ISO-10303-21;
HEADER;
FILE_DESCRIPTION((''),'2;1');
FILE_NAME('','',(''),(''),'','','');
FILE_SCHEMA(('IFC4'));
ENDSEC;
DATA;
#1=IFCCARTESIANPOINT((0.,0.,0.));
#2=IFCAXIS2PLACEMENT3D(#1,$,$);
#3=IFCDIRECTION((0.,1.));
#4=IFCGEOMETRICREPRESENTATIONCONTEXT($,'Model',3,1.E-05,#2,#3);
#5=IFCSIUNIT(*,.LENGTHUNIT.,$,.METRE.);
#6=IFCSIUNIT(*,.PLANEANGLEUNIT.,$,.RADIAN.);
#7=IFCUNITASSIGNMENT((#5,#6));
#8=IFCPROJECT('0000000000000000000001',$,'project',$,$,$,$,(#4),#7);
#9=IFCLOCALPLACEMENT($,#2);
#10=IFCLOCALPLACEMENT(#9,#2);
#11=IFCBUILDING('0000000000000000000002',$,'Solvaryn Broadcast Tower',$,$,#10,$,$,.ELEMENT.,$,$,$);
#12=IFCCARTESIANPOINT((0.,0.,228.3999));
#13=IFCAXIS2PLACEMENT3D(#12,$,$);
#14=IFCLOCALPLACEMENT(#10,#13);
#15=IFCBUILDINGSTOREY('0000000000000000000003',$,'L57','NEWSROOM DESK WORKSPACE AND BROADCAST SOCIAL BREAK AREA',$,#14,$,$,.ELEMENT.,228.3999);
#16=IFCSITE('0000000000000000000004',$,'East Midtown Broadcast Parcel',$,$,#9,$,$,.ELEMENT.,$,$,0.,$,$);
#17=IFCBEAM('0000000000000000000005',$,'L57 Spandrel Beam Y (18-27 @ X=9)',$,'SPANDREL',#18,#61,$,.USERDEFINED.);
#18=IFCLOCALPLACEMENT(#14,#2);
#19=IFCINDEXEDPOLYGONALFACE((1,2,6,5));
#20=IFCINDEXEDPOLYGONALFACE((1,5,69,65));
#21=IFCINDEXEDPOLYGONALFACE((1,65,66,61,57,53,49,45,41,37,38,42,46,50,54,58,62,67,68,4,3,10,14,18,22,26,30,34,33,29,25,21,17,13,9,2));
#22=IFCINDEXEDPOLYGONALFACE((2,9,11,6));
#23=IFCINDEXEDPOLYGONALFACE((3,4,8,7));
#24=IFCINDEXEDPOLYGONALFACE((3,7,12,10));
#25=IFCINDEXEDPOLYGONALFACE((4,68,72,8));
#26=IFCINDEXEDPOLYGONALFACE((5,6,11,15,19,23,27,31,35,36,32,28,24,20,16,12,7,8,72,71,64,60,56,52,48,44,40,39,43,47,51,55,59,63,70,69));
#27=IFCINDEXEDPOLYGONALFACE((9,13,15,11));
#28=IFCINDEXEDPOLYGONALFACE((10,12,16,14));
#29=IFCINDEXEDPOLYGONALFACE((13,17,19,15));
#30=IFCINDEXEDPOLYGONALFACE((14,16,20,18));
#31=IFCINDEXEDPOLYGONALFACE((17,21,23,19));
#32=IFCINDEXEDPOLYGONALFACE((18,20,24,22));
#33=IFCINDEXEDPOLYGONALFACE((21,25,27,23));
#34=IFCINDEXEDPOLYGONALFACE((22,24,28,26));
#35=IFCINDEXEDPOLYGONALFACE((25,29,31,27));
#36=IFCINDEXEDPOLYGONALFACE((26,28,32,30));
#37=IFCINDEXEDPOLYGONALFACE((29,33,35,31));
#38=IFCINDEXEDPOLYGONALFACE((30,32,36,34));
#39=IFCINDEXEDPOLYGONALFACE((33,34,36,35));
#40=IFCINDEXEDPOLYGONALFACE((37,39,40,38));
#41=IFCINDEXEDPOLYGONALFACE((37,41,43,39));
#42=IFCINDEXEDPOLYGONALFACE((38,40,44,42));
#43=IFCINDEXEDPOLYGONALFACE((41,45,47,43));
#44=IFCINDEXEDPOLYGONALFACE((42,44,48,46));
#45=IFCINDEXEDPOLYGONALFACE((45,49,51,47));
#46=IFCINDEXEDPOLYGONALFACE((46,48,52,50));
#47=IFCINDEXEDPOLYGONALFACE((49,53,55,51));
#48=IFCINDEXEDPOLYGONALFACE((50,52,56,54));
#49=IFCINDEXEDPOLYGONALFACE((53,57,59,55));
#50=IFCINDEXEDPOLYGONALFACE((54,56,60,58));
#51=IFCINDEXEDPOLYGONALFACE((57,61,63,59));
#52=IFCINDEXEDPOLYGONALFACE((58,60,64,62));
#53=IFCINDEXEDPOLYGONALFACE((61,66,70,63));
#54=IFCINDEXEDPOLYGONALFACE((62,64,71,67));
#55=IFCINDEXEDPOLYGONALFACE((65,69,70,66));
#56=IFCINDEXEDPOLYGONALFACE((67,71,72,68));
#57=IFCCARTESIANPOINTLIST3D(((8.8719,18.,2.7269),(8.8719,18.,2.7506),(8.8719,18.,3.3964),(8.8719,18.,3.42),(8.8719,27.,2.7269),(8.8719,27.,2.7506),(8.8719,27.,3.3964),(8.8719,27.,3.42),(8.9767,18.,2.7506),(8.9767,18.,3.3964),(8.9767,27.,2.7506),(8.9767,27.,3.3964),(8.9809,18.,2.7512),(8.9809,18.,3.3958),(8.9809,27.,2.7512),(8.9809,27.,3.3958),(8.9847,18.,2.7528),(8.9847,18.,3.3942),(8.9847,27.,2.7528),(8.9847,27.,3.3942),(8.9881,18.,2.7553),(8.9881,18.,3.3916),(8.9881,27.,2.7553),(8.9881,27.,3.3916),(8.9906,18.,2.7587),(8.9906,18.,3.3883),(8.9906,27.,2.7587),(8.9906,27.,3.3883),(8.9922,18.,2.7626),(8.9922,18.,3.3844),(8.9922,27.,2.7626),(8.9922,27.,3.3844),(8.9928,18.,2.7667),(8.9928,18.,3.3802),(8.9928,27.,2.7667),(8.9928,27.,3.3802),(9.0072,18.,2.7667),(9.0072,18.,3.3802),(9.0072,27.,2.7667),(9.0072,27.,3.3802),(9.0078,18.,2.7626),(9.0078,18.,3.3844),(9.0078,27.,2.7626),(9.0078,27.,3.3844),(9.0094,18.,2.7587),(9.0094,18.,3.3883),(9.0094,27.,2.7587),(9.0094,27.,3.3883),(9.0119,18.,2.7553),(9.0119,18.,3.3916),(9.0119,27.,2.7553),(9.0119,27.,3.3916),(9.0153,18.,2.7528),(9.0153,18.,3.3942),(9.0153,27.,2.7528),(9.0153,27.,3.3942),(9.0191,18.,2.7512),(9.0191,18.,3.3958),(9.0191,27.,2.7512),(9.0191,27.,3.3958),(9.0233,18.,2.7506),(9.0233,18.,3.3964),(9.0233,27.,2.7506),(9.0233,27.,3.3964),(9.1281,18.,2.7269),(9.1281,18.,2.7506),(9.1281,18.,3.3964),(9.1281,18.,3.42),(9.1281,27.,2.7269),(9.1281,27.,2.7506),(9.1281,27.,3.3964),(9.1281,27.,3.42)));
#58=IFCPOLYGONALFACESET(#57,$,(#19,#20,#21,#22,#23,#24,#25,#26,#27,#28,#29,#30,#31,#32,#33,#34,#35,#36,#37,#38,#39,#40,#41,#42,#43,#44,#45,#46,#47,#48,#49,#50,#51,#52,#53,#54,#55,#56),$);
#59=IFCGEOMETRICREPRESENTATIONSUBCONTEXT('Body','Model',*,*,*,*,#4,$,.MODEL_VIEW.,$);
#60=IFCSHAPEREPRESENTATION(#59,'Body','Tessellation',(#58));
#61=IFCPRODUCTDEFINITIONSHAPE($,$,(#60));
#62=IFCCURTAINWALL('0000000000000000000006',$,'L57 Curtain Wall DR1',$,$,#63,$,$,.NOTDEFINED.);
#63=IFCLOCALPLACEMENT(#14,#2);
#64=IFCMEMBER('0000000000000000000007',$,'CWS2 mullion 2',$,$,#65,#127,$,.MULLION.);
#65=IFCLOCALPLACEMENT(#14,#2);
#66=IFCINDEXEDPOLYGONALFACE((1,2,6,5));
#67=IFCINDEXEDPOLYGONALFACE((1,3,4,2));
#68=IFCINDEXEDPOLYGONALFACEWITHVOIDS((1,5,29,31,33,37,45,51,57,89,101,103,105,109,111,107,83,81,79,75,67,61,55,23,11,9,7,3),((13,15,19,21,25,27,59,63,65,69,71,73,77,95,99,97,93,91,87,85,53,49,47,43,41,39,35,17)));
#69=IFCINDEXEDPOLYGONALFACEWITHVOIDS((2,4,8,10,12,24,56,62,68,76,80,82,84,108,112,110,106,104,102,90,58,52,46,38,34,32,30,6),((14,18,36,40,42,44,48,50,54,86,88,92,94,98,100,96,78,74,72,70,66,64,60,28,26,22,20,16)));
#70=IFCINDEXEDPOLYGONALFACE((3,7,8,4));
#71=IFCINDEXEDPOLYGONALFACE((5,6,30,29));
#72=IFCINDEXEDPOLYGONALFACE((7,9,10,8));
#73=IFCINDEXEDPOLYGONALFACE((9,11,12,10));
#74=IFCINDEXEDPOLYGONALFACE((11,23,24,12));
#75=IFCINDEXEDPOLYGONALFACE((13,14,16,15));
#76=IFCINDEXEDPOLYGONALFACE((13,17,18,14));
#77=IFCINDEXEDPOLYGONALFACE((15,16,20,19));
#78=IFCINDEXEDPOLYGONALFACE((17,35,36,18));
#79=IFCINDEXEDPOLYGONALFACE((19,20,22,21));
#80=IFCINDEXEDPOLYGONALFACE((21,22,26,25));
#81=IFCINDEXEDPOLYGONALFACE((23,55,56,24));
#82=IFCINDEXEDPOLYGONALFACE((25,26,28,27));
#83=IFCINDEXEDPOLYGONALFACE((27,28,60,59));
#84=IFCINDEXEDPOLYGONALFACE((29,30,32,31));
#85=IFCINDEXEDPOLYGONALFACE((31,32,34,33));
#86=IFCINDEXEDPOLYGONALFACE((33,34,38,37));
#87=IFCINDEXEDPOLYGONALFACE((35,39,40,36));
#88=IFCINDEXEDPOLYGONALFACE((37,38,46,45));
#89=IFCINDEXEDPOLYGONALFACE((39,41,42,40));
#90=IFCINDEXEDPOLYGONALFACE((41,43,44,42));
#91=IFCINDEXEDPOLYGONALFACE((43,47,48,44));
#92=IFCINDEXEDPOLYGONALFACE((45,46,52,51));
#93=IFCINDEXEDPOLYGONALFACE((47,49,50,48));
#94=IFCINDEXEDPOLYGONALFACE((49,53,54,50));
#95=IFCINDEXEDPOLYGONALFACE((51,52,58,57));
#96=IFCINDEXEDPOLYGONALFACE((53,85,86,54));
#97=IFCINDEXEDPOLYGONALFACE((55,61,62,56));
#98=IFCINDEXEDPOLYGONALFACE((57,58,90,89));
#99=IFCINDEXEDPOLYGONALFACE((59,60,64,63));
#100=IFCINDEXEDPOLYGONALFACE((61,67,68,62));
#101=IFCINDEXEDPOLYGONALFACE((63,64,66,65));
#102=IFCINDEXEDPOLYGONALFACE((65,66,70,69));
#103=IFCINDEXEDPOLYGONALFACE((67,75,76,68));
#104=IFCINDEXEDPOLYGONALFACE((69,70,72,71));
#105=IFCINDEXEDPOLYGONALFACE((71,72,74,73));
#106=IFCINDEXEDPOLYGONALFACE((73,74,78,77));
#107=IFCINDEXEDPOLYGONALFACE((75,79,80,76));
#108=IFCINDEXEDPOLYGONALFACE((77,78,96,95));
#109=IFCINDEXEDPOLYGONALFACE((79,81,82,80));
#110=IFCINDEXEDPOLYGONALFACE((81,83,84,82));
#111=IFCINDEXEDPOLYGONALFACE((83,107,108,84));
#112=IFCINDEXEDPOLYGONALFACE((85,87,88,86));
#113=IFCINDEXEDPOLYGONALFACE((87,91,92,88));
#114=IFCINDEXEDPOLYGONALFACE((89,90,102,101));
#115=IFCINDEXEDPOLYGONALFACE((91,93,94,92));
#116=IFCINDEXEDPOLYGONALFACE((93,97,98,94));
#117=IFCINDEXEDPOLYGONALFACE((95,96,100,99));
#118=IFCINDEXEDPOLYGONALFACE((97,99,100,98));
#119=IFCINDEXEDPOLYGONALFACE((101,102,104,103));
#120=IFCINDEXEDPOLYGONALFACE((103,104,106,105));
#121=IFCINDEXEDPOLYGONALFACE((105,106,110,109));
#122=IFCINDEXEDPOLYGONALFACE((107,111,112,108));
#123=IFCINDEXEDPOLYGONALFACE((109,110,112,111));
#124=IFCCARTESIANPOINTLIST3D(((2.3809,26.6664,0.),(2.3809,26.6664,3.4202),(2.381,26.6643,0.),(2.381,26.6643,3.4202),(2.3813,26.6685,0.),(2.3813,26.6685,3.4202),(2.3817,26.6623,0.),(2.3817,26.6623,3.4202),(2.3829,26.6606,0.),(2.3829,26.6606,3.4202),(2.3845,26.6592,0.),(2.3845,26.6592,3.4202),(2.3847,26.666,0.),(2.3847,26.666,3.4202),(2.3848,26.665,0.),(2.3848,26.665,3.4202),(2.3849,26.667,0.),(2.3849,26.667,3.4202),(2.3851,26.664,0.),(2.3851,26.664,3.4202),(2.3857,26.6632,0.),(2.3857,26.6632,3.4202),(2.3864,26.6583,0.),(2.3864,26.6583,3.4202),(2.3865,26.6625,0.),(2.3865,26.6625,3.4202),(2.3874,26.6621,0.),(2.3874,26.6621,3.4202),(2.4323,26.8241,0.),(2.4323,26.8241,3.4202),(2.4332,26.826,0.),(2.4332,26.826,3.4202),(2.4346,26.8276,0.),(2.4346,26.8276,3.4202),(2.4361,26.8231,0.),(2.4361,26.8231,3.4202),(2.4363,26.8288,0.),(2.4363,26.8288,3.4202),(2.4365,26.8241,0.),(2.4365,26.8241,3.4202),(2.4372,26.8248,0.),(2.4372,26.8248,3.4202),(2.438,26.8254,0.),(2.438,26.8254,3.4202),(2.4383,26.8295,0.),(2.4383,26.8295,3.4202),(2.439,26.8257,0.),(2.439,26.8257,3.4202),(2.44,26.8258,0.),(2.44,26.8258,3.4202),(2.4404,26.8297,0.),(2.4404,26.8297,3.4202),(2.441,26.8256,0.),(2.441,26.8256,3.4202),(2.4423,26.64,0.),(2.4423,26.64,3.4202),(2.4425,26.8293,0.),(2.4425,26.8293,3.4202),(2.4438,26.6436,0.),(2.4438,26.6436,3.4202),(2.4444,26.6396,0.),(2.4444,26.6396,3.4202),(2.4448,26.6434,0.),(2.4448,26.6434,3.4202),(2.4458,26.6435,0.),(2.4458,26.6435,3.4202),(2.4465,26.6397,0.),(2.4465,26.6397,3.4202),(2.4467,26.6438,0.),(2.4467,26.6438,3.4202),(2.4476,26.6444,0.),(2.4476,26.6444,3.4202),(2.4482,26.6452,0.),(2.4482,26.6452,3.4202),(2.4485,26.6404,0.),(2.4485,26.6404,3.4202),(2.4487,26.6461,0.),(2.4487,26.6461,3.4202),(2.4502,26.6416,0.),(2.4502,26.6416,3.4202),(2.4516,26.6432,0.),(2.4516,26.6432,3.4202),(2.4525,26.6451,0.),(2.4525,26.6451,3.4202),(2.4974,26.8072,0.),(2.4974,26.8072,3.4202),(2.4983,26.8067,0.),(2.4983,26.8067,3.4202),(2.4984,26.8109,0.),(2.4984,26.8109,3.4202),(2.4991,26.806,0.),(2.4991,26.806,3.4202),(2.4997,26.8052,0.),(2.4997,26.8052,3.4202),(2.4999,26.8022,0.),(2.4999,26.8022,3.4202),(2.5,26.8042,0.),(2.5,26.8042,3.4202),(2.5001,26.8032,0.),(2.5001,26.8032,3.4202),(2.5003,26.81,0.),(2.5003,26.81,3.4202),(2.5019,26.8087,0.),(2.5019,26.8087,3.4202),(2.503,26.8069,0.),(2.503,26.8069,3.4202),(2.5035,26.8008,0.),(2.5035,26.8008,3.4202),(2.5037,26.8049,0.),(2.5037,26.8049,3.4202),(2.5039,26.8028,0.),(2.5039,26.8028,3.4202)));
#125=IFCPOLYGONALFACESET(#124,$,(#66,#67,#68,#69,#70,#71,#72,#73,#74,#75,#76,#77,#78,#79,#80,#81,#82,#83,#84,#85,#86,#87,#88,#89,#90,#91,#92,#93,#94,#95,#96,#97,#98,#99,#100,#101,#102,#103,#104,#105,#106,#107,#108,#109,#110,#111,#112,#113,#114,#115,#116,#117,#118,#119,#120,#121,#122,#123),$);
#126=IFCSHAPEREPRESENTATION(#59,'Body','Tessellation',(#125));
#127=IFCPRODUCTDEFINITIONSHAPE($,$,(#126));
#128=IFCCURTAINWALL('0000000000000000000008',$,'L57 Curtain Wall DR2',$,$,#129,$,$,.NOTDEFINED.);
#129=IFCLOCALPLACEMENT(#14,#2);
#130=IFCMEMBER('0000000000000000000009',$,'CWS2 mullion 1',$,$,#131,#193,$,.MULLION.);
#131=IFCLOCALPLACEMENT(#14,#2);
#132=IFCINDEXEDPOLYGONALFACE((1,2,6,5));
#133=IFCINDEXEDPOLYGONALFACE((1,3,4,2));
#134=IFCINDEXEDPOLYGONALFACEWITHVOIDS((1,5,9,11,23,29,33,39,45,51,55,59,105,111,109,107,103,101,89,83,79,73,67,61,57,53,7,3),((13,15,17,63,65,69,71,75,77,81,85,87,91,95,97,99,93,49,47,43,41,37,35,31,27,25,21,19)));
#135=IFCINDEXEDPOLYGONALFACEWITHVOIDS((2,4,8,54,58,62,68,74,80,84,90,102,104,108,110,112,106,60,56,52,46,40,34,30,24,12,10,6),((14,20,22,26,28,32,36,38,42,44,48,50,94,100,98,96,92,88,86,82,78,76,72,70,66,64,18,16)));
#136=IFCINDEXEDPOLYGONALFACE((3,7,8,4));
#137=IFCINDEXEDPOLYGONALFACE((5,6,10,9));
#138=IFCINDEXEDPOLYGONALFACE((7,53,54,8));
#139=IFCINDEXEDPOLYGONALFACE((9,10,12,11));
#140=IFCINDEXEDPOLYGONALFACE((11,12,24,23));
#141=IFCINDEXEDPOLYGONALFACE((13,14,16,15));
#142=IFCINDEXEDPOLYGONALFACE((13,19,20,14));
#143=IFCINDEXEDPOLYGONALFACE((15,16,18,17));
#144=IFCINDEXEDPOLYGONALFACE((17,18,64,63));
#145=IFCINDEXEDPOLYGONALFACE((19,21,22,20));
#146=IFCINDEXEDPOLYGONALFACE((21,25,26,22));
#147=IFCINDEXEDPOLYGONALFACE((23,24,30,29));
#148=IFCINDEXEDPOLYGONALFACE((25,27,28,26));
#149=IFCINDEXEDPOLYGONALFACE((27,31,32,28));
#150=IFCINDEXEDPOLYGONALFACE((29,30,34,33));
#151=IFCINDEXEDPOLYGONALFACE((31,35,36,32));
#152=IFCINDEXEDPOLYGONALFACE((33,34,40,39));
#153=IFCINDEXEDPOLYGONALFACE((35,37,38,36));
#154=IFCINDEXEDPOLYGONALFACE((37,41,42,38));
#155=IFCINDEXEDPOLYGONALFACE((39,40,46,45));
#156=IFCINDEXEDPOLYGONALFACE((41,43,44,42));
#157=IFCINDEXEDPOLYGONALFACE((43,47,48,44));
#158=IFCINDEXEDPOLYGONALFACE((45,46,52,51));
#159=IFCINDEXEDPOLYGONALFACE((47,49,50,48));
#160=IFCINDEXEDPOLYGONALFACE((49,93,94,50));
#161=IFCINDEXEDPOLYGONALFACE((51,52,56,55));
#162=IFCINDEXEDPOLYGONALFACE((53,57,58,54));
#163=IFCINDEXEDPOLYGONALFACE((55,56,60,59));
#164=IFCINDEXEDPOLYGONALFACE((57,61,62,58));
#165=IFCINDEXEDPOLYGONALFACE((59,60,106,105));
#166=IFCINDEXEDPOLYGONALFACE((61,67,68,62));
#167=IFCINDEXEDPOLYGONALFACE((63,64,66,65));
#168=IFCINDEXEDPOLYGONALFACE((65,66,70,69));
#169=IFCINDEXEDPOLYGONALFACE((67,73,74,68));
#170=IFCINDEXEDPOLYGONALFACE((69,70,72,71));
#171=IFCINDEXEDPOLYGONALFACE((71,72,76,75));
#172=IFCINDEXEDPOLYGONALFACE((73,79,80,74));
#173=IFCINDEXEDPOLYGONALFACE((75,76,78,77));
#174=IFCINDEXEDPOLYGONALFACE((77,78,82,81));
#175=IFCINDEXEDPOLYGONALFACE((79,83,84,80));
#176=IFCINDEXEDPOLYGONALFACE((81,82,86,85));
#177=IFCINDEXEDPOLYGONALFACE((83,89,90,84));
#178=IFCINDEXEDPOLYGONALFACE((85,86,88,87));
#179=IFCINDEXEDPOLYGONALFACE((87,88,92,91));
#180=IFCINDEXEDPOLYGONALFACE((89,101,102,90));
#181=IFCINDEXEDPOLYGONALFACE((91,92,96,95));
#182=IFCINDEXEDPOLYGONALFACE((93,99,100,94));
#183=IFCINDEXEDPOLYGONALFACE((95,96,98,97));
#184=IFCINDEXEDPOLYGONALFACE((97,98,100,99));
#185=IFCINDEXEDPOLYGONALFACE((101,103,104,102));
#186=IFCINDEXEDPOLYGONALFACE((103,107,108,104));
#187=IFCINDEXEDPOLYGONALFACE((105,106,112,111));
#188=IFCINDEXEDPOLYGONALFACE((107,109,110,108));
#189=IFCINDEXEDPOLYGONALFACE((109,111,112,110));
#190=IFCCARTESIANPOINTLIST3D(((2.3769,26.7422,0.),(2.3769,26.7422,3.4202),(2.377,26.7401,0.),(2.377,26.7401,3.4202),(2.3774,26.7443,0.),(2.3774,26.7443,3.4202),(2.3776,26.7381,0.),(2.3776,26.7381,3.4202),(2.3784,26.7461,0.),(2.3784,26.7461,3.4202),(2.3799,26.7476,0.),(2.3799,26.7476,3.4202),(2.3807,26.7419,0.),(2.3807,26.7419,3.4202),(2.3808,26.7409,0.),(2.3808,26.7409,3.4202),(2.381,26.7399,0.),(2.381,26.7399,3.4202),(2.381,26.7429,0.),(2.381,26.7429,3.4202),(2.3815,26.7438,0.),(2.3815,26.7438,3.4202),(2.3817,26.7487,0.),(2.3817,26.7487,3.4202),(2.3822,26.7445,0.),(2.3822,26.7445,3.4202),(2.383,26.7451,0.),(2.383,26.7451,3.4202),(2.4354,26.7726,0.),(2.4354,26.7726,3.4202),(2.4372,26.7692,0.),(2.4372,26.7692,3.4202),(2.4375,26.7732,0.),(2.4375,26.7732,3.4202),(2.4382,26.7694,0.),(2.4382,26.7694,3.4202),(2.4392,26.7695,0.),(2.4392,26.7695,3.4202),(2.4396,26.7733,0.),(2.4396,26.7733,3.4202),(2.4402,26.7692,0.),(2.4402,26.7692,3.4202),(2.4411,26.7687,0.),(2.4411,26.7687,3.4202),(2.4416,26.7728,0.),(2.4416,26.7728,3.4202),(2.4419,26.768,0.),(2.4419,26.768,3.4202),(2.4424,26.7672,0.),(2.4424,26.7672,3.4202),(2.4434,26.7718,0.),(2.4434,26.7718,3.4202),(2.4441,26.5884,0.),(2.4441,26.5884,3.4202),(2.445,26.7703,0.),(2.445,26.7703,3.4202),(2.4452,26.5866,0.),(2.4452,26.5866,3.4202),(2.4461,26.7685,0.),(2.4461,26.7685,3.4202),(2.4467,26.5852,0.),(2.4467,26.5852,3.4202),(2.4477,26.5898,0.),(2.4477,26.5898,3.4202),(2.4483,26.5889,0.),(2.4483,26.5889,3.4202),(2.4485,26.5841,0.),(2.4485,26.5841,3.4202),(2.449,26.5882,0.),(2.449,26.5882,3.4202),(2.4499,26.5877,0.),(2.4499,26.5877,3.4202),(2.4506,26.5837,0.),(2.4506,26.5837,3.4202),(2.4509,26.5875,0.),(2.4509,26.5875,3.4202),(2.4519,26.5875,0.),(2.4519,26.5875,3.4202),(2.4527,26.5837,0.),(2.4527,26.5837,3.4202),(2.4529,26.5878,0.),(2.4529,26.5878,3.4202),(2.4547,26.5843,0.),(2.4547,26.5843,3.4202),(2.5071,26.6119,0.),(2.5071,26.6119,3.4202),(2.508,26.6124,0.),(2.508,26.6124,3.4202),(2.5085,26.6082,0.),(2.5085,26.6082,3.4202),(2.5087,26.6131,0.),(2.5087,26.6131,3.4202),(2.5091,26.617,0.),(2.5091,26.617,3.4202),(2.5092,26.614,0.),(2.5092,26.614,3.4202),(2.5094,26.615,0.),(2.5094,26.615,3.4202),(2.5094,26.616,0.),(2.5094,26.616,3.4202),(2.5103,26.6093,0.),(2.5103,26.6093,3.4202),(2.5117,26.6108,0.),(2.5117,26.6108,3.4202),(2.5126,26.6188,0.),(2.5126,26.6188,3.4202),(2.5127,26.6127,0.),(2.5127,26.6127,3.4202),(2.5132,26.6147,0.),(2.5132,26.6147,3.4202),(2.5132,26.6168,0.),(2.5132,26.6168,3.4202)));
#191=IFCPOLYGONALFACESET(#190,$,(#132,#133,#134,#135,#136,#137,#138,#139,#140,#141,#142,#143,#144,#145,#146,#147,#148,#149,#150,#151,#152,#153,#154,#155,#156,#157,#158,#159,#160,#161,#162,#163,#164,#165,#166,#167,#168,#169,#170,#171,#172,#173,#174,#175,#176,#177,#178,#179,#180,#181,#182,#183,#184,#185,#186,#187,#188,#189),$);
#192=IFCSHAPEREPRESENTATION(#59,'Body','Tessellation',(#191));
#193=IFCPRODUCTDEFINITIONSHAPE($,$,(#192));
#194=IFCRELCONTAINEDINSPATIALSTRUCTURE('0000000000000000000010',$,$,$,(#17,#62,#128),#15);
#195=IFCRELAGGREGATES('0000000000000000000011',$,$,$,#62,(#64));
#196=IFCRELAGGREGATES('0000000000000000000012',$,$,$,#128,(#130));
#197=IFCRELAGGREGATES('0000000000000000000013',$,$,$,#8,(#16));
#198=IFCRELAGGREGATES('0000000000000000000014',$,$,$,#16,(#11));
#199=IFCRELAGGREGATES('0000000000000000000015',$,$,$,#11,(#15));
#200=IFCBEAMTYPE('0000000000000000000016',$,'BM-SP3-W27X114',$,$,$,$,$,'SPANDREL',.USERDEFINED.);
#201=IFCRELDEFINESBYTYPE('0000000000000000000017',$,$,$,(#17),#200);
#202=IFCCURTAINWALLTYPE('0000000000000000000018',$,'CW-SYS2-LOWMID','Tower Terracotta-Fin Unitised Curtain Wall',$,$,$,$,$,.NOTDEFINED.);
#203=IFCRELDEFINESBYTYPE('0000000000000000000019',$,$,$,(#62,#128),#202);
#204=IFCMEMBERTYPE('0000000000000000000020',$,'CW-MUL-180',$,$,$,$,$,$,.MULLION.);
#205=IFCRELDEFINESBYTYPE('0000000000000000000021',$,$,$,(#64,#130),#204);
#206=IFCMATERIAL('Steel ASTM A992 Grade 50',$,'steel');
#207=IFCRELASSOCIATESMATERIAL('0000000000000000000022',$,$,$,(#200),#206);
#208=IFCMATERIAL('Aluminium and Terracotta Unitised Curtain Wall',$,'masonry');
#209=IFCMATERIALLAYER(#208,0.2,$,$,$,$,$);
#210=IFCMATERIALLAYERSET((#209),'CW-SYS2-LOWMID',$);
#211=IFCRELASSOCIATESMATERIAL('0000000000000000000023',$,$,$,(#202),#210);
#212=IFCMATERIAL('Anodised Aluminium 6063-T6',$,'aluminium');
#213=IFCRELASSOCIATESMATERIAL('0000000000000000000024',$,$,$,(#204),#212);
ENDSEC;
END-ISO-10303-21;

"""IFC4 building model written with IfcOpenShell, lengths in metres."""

from ifc_helpers import new_model, si_unit, direction, frame, origin, origin_2d, place, context, subcontext, project, spatial, hollow_rectangle, i_section, extrude, material, layer, layer_set, material_profile, profile_set, type_object, element, aggregate, save


model = new_model("IFC4")

# Units and contexts
model_context = context("Model", 3, precision=1e-05, world=origin(), true_north=direction((0.0, 1.0)))
body_context = subcontext(model_context, "Body", "Model", "MODEL_VIEW")
ifc_project = project(units=[si_unit("LENGTHUNIT", "METRE"), si_unit("PLANEANGLEUNIT", "RADIAN")], contexts=[model_context])

# Site, building, storey
site_placement = place(None, origin())
site = spatial("IfcSite", under=ifc_project, at=site_placement, Name="East Midtown Broadcast Parcel", CompositionType="ELEMENT", RefElevation=0.0)
building_placement = place(site_placement, origin())
building = spatial("IfcBuilding", under=site, at=building_placement, Name="Solvaryn Broadcast Tower", CompositionType="ELEMENT")
storey_placement = place(building_placement, frame((0.0, 0.0, 228.3999)))
storey = spatial("IfcBuildingStorey", under=building, at=storey_placement, Name="L57", Description="NEWSROOM DESK WORKSPACE AND BROADCAST SOCIAL BREAK AREA", CompositionType="ELEMENT", Elevation=228.3999)

# Beam
ifc_material_1 = material(Name="Steel ASTM A992 Grade 50", Category="steel")
ifc_material_profile_1 = material_profile(ifc_material_1, i_section(OverallWidth=0.2561, OverallDepth=0.6931, WebThickness=0.0144, FlangeThickness=0.0237, FilletRadius=0.0161, at=origin_2d()))
ifc_profile_set_1 = profile_set([ifc_material_profile_1], Name="Steel ASTM A992 Grade 50")
beam_type_1 = type_object("IfcBeamType", Name="BM-SP3-W27X114", ElementType="SPANDREL", PredefinedType="USERDEFINED", material=ifc_profile_set_1)
beam_placement = place(storey_placement, frame((9.0, 18.0, 3.0735), z_axis=(0.0, 1.0, 0.0), x_axis=(-1.0, 0.0, 0.0)))
element("IfcBeam", 1, at=beam_placement, inside=storey, type_object=beam_type_1, Name="L57 Spandrel Beam Y (18-27 @ X=9)", ObjectType="SPANDREL", PredefinedType="USERDEFINED", context=body_context, shape_type="SweptSolid", body=[
    extrude(i_section(OverallWidth=0.2561, OverallDepth=0.6931, WebThickness=0.0144, FlangeThickness=0.0237, FilletRadius=0.0161, at=origin_2d()), origin(), (0.0, 0.0, 1.0), 9.0),
])

# Curtain wall, member
ifc_material_2 = material(Name="Aluminium and Terracotta Unitised Curtain Wall", Category="masonry")
ifc_layer_1 = layer(ifc_material_2, 0.2)
ifc_layer_set_1 = layer_set([ifc_layer_1], Name="CW-SYS2-LOWMID")
curtain_wall_type = type_object("IfcCurtainWallType", Name="CW-SYS2-LOWMID", Description="Tower Terracotta-Fin Unitised Curtain Wall", PredefinedType="NOTDEFINED", material=ifc_layer_set_1)
curtain_wall_1_placement = place(storey_placement, origin())
curtain_wall_1 = element("IfcCurtainWall", 2, at=curtain_wall_1_placement, inside=storey, type_object=curtain_wall_type, Name="L57 Curtain Wall DR1", PredefinedType="NOTDEFINED")
ifc_material_3 = material(Name="Anodised Aluminium 6063-T6", Category="aluminium")
ifc_material_profile_2 = material_profile(ifc_material_3, hollow_rectangle(XDim=0.075, YDim=0.1799, WallThickness=0.0039, InnerFilletRadius=0.0039, OuterFilletRadius=0.0081, at=origin_2d()))
ifc_profile_set_2 = profile_set([ifc_material_profile_2], Name="Anodised Aluminium 6063-T6")
member_type_1 = type_object("IfcMemberType", Name="CW-MUL-180", PredefinedType="MULLION", material=ifc_profile_set_2)
member_1_placement = place(storey_placement, frame((2.4424, 26.7346, 0.0), z_axis=(0.0, 0.0, 1.0), x_axis=(0.950227, -0.311559, 0.0)))
member_1 = element("IfcMember", 3, at=member_1_placement, type_object=member_type_1, Name="CWS2 mullion 2", PredefinedType="MULLION", context=body_context, shape_type="SweptSolid", body=[
    extrude(hollow_rectangle(XDim=0.075, YDim=0.1799, WallThickness=0.0039, InnerFilletRadius=0.0039, OuterFilletRadius=0.0081, at=origin_2d()), origin(), (0.0, 0.0, 1.0), 3.4202),
])
aggregate(curtain_wall_1, [member_1])

# Curtain wall, member
curtain_wall_2_placement = place(storey_placement, origin())
curtain_wall_2 = element("IfcCurtainWall", 4, at=curtain_wall_2_placement, inside=storey, type_object=curtain_wall_type, Name="L57 Curtain Wall DR2", PredefinedType="NOTDEFINED")
member_2_placement = place(storey_placement, frame((2.4451, 26.6785, 0.0), z_axis=(0.0, 0.0, 1.0), x_axis=(0.913917, 0.405901, 0.0)))
member_2 = element("IfcMember", 5, at=member_2_placement, type_object=member_type_1, Name="CWS2 mullion 1", PredefinedType="MULLION", context=body_context, shape_type="SweptSolid", body=[
    extrude(hollow_rectangle(XDim=0.075, YDim=0.1799, WallThickness=0.0039, InnerFilletRadius=0.0039, OuterFilletRadius=0.0081, at=origin_2d()), origin(), (0.0, 0.0, 1.0), 3.4202),
])
aggregate(curtain_wall_2, [member_2])

save(model, "model.ifc")
